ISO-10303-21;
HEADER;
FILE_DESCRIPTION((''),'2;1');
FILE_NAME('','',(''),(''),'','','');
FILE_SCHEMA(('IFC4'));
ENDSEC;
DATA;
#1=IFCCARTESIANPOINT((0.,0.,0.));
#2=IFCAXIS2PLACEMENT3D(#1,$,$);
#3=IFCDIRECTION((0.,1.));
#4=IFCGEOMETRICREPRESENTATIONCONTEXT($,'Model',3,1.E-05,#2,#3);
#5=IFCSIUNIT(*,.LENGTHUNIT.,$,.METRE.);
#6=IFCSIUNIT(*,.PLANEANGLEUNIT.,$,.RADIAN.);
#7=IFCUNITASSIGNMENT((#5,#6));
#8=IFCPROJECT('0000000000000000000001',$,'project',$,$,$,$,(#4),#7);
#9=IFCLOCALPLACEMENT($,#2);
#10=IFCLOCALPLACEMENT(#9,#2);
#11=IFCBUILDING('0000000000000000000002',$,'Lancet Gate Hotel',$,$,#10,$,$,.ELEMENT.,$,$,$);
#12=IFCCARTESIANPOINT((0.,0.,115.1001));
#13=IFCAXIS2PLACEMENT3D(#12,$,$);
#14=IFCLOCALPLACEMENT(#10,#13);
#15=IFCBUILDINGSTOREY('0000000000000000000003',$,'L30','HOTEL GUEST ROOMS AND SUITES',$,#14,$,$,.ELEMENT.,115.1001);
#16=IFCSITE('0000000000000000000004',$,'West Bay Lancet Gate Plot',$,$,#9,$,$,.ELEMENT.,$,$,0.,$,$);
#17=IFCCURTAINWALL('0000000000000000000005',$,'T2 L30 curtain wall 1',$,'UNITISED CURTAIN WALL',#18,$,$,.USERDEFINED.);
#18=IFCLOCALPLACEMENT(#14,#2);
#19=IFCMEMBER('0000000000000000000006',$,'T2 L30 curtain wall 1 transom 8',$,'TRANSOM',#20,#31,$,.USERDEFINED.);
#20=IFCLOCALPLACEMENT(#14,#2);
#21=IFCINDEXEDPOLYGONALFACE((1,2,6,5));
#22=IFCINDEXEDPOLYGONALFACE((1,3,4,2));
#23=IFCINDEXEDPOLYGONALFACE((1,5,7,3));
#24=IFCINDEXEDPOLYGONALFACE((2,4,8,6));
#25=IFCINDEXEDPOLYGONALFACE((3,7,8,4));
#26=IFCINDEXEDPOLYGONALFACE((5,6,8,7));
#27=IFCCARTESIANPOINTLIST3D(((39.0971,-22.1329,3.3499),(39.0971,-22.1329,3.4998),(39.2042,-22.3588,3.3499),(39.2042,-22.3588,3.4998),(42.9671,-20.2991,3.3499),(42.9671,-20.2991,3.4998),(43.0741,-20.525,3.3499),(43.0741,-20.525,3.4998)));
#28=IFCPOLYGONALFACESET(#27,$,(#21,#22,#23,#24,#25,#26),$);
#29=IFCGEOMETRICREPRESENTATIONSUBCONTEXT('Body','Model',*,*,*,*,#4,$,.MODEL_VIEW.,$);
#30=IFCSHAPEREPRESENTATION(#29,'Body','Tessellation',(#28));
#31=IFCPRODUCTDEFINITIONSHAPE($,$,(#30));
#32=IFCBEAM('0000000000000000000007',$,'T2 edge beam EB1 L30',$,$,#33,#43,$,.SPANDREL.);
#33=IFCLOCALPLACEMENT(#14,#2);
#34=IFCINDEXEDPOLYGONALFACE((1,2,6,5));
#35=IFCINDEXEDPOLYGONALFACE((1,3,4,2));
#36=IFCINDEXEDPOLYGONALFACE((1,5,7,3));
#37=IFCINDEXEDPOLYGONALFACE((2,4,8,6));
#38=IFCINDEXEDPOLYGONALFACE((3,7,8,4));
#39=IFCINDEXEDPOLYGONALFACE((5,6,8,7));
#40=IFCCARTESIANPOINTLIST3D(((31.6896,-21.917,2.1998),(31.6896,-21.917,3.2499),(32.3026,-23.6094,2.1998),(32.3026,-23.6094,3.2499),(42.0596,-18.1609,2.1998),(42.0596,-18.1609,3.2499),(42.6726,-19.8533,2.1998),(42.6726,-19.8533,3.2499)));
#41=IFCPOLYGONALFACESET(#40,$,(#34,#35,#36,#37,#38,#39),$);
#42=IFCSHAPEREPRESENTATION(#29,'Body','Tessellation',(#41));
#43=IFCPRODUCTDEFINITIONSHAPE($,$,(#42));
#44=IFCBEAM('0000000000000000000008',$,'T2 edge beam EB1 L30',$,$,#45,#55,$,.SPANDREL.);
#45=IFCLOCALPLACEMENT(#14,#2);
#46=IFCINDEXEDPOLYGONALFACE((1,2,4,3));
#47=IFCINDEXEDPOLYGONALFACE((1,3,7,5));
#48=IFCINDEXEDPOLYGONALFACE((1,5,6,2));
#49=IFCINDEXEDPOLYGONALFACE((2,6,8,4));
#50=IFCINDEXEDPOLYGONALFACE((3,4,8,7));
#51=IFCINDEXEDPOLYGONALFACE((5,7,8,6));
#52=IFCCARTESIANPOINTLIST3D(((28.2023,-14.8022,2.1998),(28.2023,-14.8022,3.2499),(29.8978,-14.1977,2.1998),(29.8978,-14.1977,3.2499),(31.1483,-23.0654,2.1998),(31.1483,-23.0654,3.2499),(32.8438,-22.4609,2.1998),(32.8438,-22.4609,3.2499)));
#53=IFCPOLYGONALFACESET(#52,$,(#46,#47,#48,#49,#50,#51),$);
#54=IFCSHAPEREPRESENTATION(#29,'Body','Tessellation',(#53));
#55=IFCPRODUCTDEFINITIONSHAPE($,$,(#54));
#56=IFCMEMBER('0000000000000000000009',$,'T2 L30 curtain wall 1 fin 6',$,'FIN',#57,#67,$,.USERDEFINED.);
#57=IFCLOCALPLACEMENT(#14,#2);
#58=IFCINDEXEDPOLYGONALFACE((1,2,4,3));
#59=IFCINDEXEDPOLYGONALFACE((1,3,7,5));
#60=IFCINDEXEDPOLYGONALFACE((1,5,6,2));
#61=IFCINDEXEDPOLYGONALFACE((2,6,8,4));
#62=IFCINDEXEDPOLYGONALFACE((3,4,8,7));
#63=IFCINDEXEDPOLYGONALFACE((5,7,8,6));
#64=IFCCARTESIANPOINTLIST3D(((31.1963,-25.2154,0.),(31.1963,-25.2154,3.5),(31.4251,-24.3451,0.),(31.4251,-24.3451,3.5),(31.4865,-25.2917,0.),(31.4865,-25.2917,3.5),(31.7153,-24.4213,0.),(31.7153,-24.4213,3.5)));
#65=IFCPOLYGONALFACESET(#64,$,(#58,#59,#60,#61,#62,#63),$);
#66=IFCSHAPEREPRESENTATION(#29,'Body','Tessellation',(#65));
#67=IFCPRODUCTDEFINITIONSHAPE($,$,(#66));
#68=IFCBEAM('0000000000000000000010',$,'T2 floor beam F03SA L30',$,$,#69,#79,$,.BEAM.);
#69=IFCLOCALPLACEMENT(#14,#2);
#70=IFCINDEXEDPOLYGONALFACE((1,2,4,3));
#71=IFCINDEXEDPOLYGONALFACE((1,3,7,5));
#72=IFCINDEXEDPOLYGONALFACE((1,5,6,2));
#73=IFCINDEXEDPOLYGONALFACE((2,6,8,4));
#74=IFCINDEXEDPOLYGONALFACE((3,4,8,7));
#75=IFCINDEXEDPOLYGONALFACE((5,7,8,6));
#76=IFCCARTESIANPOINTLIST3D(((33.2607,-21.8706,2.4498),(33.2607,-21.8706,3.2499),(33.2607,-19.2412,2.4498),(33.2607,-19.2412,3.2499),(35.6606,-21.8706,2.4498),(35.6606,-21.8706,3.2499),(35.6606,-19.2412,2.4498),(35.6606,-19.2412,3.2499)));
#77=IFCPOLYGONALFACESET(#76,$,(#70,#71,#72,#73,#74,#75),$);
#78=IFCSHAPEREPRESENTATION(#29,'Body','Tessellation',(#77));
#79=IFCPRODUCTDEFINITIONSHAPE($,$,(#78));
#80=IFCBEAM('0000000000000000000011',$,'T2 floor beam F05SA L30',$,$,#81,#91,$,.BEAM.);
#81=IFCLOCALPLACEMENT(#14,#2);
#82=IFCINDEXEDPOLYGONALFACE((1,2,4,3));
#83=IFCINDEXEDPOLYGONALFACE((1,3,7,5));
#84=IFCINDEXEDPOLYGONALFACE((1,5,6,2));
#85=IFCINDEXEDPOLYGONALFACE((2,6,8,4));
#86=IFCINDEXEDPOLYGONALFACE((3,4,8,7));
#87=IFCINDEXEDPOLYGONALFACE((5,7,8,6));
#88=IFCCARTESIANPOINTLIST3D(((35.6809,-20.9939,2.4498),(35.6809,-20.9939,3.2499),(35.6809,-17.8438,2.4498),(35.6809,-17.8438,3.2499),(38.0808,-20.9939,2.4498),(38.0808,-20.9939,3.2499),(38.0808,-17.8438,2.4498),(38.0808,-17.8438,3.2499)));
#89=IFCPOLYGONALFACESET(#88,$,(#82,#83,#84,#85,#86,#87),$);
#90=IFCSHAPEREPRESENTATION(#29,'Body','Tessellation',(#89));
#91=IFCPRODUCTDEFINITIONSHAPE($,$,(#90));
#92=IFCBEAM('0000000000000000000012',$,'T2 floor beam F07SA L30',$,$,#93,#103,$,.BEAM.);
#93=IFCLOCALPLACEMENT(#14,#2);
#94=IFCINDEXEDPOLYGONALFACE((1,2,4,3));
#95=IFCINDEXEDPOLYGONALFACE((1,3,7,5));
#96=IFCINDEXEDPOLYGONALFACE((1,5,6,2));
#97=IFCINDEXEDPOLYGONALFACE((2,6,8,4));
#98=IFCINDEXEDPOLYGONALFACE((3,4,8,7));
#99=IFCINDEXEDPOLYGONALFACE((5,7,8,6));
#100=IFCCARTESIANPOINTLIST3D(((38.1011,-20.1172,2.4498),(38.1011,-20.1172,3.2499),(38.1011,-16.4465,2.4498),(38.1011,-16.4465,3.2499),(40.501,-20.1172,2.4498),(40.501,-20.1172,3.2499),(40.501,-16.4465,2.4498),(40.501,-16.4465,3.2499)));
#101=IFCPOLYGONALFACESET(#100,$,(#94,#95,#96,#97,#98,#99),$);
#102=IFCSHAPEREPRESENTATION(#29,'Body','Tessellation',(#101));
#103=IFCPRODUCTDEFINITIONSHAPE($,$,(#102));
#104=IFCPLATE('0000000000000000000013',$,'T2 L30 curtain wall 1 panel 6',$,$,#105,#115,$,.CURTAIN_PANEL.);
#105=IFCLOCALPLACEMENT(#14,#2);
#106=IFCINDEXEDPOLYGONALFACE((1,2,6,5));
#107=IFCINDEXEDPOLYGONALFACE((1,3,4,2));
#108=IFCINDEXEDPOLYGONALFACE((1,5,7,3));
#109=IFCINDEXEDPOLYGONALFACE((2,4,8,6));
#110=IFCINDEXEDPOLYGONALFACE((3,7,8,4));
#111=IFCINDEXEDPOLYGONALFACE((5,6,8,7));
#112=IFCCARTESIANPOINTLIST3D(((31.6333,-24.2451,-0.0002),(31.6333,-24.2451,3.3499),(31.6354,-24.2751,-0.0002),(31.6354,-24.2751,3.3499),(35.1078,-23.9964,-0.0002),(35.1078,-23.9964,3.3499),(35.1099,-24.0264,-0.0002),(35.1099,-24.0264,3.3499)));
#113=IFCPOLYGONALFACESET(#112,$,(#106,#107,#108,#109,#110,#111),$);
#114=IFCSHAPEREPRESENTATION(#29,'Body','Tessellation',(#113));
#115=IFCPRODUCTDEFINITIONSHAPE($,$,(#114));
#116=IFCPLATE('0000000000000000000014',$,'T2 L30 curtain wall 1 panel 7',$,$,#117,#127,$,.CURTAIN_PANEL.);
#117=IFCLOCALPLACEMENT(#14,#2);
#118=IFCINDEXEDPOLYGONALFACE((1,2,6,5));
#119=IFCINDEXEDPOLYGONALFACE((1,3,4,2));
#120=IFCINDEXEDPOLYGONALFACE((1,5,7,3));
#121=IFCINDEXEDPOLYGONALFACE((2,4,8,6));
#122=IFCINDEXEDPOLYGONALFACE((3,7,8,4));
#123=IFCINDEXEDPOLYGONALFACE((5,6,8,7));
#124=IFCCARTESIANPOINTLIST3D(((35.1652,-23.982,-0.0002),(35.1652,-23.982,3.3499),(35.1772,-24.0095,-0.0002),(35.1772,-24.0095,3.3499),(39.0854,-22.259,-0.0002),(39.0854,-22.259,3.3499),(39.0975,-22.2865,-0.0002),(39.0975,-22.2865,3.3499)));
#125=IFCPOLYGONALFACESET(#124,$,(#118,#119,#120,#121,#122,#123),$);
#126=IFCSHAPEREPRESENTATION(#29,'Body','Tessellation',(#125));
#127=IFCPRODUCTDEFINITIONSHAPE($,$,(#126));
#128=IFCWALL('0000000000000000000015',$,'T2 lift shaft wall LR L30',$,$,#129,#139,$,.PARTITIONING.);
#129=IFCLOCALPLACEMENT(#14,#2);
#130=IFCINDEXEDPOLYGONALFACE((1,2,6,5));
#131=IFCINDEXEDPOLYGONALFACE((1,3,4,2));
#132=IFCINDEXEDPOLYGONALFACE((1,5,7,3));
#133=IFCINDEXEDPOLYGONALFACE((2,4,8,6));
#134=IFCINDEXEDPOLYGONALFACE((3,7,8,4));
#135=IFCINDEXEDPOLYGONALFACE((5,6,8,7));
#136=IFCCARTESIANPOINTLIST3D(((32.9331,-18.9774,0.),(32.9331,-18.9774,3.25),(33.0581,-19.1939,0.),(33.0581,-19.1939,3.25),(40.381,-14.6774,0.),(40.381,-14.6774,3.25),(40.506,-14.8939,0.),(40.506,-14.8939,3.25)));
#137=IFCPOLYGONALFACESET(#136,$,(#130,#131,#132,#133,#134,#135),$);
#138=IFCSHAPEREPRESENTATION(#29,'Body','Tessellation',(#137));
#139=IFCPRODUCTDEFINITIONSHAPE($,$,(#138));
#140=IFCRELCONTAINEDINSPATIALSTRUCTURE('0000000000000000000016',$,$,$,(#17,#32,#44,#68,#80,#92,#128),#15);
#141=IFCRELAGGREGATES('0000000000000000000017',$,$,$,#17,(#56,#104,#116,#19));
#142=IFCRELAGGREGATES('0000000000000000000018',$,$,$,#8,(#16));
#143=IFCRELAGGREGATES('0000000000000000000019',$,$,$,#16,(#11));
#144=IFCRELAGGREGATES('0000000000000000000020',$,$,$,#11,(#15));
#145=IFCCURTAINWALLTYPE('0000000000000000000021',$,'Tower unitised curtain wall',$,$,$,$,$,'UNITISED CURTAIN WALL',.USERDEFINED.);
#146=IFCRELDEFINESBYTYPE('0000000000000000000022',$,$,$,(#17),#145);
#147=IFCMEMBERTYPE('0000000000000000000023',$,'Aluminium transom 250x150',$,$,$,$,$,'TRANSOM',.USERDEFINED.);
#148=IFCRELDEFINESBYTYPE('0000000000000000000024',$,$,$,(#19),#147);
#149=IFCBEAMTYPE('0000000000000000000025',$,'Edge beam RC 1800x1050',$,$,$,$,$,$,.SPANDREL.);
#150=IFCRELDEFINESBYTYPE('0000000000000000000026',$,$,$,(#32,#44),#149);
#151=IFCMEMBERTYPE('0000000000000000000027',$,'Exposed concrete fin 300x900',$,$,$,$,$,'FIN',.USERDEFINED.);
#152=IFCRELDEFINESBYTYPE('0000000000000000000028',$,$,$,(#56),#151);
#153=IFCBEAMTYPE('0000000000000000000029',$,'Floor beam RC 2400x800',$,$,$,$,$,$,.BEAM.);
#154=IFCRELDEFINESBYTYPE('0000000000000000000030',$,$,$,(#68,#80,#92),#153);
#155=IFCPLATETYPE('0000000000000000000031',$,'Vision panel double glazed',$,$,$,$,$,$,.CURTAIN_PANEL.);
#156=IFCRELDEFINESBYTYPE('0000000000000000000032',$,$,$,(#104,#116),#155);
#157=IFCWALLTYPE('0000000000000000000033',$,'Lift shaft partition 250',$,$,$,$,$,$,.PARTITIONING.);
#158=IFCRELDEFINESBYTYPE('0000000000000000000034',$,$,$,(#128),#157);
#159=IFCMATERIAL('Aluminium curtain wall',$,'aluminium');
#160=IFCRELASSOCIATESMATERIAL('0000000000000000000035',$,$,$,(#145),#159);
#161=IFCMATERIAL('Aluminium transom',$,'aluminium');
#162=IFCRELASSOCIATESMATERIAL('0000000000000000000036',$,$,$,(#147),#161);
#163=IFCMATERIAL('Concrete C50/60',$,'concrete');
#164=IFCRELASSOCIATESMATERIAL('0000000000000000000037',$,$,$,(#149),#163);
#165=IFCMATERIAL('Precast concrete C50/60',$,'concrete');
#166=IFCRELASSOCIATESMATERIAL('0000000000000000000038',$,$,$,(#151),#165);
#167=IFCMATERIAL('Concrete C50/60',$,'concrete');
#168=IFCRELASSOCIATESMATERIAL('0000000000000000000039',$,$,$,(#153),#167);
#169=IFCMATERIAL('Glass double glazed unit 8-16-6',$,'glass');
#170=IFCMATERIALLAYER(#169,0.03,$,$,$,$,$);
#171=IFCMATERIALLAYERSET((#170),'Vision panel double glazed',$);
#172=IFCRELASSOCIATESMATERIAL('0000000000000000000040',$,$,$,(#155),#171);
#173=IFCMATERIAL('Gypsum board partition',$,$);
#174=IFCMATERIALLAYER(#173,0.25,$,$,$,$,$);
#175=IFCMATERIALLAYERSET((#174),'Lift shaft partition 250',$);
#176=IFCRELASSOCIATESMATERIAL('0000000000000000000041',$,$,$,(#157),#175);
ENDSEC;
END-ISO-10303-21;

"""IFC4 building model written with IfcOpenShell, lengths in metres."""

from ifc_helpers import new_model, si_unit, direction, frame, frame_2d, origin, origin_2d, place, context, subcontext, project, spatial, rectangle, extrude, material, layer, layer_set, material_profile, profile_set, type_object, element, aggregate, save


model = new_model("IFC4")

# Units and contexts
model_context = context("Model", 3, precision=1e-05, world=origin(), true_north=direction((0.0, 1.0)))
body_context = subcontext(model_context, "Body", "Model", "MODEL_VIEW")
ifc_project = project(units=[si_unit("LENGTHUNIT", "METRE"), si_unit("PLANEANGLEUNIT", "RADIAN")], contexts=[model_context])

# Site, building, storey
site_placement = place(None, origin())
site = spatial("IfcSite", under=ifc_project, at=site_placement, Name="West Bay Lancet Gate Plot", CompositionType="ELEMENT", RefElevation=0.0)
building_placement = place(site_placement, origin())
building = spatial("IfcBuilding", under=site, at=building_placement, Name="Lancet Gate Hotel", CompositionType="ELEMENT")
storey_placement = place(building_placement, frame((0.0, 0.0, 115.1001)))
storey = spatial("IfcBuildingStorey", under=building, at=storey_placement, Name="L30", Description="HOTEL GUEST ROOMS AND SUITES", CompositionType="ELEMENT", Elevation=115.1001)

# Curtain wall, member
ifc_material_1 = material(Name="Aluminium curtain wall", Category="aluminium")
curtain_wall_type = type_object("IfcCurtainWallType", Name="Tower unitised curtain wall", ElementType="UNITISED CURTAIN WALL", PredefinedType="USERDEFINED", material=ifc_material_1)
curtain_wall_placement = place(storey_placement, origin())
curtain_wall = element("IfcCurtainWall", 1, at=curtain_wall_placement, inside=storey, type_object=curtain_wall_type, Name="T2 L30 curtain wall 1", ObjectType="UNITISED CURTAIN WALL", PredefinedType="USERDEFINED")
ifc_material_2 = material(Name="Aluminium transom", Category="aluminium")
ifc_material_profile_1 = material_profile(ifc_material_2, rectangle(XDim=0.25, YDim=0.1499, at=origin_2d()), Name="TRANSOM 250x150")
ifc_profile_set_1 = profile_set([ifc_material_profile_1], Name="Aluminium transom")
member_type_1 = type_object("IfcMemberType", Name="Aluminium transom 250x150", ElementType="TRANSOM", PredefinedType="USERDEFINED", material=ifc_profile_set_1)
member_1_placement = place(storey_placement, frame((39.1506, -22.2458, 3.4248), z_axis=(0.90368, 0.428209, 0.0), x_axis=(-0.428209, 0.90368, 0.0)))
member_1 = element("IfcMember", 2, at=member_1_placement, type_object=member_type_1, Name="T2 L30 curtain wall 1 transom 8", ObjectType="TRANSOM", PredefinedType="USERDEFINED", context=body_context, shape_type="SweptSolid", body=[
    extrude(rectangle(XDim=0.25, YDim=0.1499, at=origin_2d()), origin(), (0.0, 0.0, 1.0), 4.2825),
])

# Beams
ifc_material_3 = material(Name="Concrete C50/60", Category="concrete")
ifc_material_profile_2 = material_profile(ifc_material_3, rectangle(XDim=1.8, YDim=1.05, at=origin_2d()), Name="RC 1800x1050")
ifc_profile_set_2 = profile_set([ifc_material_profile_2], Name="Concrete C50/60")
beam_type_1 = type_object("IfcBeamType", Name="Edge beam RC 1800x1050", PredefinedType="SPANDREL", material=ifc_profile_set_2)
beam_1_placement = place(storey_placement, frame((31.9961, -22.7632, 2.7249), z_axis=(0.940225, 0.340554, 0.0), x_axis=(-0.340554, 0.940225, 0.0)))
element("IfcBeam", 3, at=beam_1_placement, inside=storey, type_object=beam_type_1, Name="T2 edge beam EB1 L30", PredefinedType="SPANDREL", context=body_context, shape_type="SweptSolid", body=[
    extrude(rectangle(XDim=1.8, YDim=1.05, at=origin_2d()), origin(), (0.0, 0.0, 1.0), 11.0293),
])
beam_2_placement = place(storey_placement, frame((31.9961, -22.7632, 2.7249), z_axis=(-0.335822, 0.941926, 0.0), x_axis=(-0.941926, -0.335822, 0.0)))
element("IfcBeam", 4, at=beam_2_placement, inside=storey, type_object=beam_type_1, Name="T2 edge beam EB1 L30", PredefinedType="SPANDREL", context=body_context, shape_type="SweptSolid", body=[
    extrude(rectangle(XDim=1.8, YDim=1.05, at=origin_2d()), origin(), (0.0, 0.0, 1.0), 8.7727),
])

# Member
ifc_material_4 = material(Name="Precast concrete C50/60", Category="concrete")
ifc_material_profile_3 = material_profile(ifc_material_4, rectangle(XDim=0.3, YDim=0.8999, at=origin_2d()), Name="FIN 300x900")
ifc_profile_set_3 = profile_set([ifc_material_profile_3], Name="Precast concrete C50/60")
member_type_2 = type_object("IfcMemberType", Name="Exposed concrete fin 300x900", ElementType="FIN", PredefinedType="USERDEFINED", material=ifc_profile_set_3)
member_2_placement = place(storey_placement, frame((31.4558, -24.8184, 0.0), z_axis=(0.0, 0.0, 1.0), x_axis=(0.967157, -0.254179, 0.0)))
member_2 = element("IfcMember", 5, at=member_2_placement, type_object=member_type_2, Name="T2 L30 curtain wall 1 fin 6", ObjectType="FIN", PredefinedType="USERDEFINED", context=body_context, shape_type="SweptSolid", body=[
    extrude(rectangle(XDim=0.3, YDim=0.8999, at=origin_2d()), origin(), (0.0, 0.0, 1.0), 3.5),
])

# Beams
ifc_material_5 = material(Name="Concrete C50/60", Category="concrete")
ifc_material_profile_4 = material_profile(ifc_material_5, rectangle(XDim=2.3999, YDim=0.8, at=origin_2d()), Name="RC 2400x800")
ifc_profile_set_4 = profile_set([ifc_material_profile_4], Name="Concrete C50/60")
beam_type_2 = type_object("IfcBeamType", Name="Floor beam RC 2400x800", PredefinedType="BEAM", material=ifc_profile_set_4)
beam_3_placement = place(storey_placement, frame((34.4607, -21.8706, 2.8499), z_axis=(0.0, 1.0, 0.0), x_axis=(-1.0, 0.0, 0.0)))
element("IfcBeam", 6, at=beam_3_placement, inside=storey, type_object=beam_type_2, Name="T2 floor beam F03SA L30", PredefinedType="BEAM", context=body_context, shape_type="SweptSolid", body=[
    extrude(rectangle(XDim=2.3999, YDim=0.8, at=origin_2d()), origin(), (0.0, 0.0, 1.0), 2.6294),
])
beam_4_placement = place(storey_placement, frame((36.8809, -20.9939, 2.8499), z_axis=(0.0, 1.0, 0.0), x_axis=(-1.0, 0.0, 0.0)))
element("IfcBeam", 7, at=beam_4_placement, inside=storey, type_object=beam_type_2, Name="T2 floor beam F05SA L30", PredefinedType="BEAM", context=body_context, shape_type="SweptSolid", body=[
    extrude(rectangle(XDim=2.3999, YDim=0.8, at=origin_2d()), origin(), (0.0, 0.0, 1.0), 3.1501),
])
beam_5_placement = place(storey_placement, frame((39.301, -20.1172, 2.8499), z_axis=(0.0, 1.0, 0.0), x_axis=(-1.0, 0.0, 0.0)))
element("IfcBeam", 8, at=beam_5_placement, inside=storey, type_object=beam_type_2, Name="T2 floor beam F07SA L30", PredefinedType="BEAM", context=body_context, shape_type="SweptSolid", body=[
    extrude(rectangle(XDim=2.3999, YDim=0.8, at=origin_2d()), origin(), (0.0, 0.0, 1.0), 3.6707),
])

# Plates
ifc_material_6 = material(Name="Glass double glazed unit 8-16-6", Category="glass")
ifc_layer_1 = layer(ifc_material_6, 0.03)
ifc_layer_set_1 = layer_set([ifc_layer_1], Name="Vision panel double glazed")
plate_type = type_object("IfcPlateType", Name="Vision panel double glazed", PredefinedType="CURTAIN_PANEL", material=ifc_layer_set_1)
plate_1_placement = place(storey_placement, frame((33.3716, -24.1357, -0.0002), z_axis=(0.0, 0.0, 1.0), x_axis=(0.997448, 0.07139, 0.0)))
plate_1 = element("IfcPlate", 9, at=plate_1_placement, type_object=plate_type, Name="T2 L30 curtain wall 1 panel 6", PredefinedType="CURTAIN_PANEL", context=body_context, shape_type="SweptSolid", body=[
    extrude(rectangle(XDim=3.4834, YDim=0.03, at=origin_2d()), origin(), (0.0, 0.0, 1.0), 3.3501),
])
plate_2_placement = place(storey_placement, frame((37.1313, -23.1343, -0.0002), z_axis=(0.0, 0.0, 1.0), x_axis=(0.915479, 0.402367, 0.0)))
plate_2 = element("IfcPlate", 10, at=plate_2_placement, type_object=plate_type, Name="T2 L30 curtain wall 1 panel 7", PredefinedType="CURTAIN_PANEL", context=body_context, shape_type="SweptSolid", body=[
    extrude(rectangle(XDim=4.2822, YDim=0.03, at=origin_2d()), origin(), (0.0, 0.0, 1.0), 3.3501),
])
aggregate(curtain_wall, [member_2, plate_1, plate_2, member_1])

# Wall
ifc_material_7 = material(Name="Gypsum board partition")
ifc_layer_2 = layer(ifc_material_7, 0.25)
ifc_layer_set_2 = layer_set([ifc_layer_2], Name="Lift shaft partition 250")
wall_type = type_object("IfcWallType", Name="Lift shaft partition 250", PredefinedType="PARTITIONING", material=ifc_layer_set_2)
wall_placement = place(storey_placement, frame((32.9956, -19.0857, 0.0), z_axis=(0.0, 0.0, 1.0), x_axis=(0.866028, 0.499995, 0.0)))
element("IfcWall", 11, at=wall_placement, inside=storey, type_object=wall_type, Name="T2 lift shaft wall LR L30", PredefinedType="PARTITIONING", context=body_context, shape_type="SweptSolid", body=[
    extrude(rectangle(XDim=8.6001, YDim=0.25, at=frame_2d((4.3, 0.0))), origin(), (0.0, 0.0, 1.0), 3.25),
])

save(model, "model.ifc")
